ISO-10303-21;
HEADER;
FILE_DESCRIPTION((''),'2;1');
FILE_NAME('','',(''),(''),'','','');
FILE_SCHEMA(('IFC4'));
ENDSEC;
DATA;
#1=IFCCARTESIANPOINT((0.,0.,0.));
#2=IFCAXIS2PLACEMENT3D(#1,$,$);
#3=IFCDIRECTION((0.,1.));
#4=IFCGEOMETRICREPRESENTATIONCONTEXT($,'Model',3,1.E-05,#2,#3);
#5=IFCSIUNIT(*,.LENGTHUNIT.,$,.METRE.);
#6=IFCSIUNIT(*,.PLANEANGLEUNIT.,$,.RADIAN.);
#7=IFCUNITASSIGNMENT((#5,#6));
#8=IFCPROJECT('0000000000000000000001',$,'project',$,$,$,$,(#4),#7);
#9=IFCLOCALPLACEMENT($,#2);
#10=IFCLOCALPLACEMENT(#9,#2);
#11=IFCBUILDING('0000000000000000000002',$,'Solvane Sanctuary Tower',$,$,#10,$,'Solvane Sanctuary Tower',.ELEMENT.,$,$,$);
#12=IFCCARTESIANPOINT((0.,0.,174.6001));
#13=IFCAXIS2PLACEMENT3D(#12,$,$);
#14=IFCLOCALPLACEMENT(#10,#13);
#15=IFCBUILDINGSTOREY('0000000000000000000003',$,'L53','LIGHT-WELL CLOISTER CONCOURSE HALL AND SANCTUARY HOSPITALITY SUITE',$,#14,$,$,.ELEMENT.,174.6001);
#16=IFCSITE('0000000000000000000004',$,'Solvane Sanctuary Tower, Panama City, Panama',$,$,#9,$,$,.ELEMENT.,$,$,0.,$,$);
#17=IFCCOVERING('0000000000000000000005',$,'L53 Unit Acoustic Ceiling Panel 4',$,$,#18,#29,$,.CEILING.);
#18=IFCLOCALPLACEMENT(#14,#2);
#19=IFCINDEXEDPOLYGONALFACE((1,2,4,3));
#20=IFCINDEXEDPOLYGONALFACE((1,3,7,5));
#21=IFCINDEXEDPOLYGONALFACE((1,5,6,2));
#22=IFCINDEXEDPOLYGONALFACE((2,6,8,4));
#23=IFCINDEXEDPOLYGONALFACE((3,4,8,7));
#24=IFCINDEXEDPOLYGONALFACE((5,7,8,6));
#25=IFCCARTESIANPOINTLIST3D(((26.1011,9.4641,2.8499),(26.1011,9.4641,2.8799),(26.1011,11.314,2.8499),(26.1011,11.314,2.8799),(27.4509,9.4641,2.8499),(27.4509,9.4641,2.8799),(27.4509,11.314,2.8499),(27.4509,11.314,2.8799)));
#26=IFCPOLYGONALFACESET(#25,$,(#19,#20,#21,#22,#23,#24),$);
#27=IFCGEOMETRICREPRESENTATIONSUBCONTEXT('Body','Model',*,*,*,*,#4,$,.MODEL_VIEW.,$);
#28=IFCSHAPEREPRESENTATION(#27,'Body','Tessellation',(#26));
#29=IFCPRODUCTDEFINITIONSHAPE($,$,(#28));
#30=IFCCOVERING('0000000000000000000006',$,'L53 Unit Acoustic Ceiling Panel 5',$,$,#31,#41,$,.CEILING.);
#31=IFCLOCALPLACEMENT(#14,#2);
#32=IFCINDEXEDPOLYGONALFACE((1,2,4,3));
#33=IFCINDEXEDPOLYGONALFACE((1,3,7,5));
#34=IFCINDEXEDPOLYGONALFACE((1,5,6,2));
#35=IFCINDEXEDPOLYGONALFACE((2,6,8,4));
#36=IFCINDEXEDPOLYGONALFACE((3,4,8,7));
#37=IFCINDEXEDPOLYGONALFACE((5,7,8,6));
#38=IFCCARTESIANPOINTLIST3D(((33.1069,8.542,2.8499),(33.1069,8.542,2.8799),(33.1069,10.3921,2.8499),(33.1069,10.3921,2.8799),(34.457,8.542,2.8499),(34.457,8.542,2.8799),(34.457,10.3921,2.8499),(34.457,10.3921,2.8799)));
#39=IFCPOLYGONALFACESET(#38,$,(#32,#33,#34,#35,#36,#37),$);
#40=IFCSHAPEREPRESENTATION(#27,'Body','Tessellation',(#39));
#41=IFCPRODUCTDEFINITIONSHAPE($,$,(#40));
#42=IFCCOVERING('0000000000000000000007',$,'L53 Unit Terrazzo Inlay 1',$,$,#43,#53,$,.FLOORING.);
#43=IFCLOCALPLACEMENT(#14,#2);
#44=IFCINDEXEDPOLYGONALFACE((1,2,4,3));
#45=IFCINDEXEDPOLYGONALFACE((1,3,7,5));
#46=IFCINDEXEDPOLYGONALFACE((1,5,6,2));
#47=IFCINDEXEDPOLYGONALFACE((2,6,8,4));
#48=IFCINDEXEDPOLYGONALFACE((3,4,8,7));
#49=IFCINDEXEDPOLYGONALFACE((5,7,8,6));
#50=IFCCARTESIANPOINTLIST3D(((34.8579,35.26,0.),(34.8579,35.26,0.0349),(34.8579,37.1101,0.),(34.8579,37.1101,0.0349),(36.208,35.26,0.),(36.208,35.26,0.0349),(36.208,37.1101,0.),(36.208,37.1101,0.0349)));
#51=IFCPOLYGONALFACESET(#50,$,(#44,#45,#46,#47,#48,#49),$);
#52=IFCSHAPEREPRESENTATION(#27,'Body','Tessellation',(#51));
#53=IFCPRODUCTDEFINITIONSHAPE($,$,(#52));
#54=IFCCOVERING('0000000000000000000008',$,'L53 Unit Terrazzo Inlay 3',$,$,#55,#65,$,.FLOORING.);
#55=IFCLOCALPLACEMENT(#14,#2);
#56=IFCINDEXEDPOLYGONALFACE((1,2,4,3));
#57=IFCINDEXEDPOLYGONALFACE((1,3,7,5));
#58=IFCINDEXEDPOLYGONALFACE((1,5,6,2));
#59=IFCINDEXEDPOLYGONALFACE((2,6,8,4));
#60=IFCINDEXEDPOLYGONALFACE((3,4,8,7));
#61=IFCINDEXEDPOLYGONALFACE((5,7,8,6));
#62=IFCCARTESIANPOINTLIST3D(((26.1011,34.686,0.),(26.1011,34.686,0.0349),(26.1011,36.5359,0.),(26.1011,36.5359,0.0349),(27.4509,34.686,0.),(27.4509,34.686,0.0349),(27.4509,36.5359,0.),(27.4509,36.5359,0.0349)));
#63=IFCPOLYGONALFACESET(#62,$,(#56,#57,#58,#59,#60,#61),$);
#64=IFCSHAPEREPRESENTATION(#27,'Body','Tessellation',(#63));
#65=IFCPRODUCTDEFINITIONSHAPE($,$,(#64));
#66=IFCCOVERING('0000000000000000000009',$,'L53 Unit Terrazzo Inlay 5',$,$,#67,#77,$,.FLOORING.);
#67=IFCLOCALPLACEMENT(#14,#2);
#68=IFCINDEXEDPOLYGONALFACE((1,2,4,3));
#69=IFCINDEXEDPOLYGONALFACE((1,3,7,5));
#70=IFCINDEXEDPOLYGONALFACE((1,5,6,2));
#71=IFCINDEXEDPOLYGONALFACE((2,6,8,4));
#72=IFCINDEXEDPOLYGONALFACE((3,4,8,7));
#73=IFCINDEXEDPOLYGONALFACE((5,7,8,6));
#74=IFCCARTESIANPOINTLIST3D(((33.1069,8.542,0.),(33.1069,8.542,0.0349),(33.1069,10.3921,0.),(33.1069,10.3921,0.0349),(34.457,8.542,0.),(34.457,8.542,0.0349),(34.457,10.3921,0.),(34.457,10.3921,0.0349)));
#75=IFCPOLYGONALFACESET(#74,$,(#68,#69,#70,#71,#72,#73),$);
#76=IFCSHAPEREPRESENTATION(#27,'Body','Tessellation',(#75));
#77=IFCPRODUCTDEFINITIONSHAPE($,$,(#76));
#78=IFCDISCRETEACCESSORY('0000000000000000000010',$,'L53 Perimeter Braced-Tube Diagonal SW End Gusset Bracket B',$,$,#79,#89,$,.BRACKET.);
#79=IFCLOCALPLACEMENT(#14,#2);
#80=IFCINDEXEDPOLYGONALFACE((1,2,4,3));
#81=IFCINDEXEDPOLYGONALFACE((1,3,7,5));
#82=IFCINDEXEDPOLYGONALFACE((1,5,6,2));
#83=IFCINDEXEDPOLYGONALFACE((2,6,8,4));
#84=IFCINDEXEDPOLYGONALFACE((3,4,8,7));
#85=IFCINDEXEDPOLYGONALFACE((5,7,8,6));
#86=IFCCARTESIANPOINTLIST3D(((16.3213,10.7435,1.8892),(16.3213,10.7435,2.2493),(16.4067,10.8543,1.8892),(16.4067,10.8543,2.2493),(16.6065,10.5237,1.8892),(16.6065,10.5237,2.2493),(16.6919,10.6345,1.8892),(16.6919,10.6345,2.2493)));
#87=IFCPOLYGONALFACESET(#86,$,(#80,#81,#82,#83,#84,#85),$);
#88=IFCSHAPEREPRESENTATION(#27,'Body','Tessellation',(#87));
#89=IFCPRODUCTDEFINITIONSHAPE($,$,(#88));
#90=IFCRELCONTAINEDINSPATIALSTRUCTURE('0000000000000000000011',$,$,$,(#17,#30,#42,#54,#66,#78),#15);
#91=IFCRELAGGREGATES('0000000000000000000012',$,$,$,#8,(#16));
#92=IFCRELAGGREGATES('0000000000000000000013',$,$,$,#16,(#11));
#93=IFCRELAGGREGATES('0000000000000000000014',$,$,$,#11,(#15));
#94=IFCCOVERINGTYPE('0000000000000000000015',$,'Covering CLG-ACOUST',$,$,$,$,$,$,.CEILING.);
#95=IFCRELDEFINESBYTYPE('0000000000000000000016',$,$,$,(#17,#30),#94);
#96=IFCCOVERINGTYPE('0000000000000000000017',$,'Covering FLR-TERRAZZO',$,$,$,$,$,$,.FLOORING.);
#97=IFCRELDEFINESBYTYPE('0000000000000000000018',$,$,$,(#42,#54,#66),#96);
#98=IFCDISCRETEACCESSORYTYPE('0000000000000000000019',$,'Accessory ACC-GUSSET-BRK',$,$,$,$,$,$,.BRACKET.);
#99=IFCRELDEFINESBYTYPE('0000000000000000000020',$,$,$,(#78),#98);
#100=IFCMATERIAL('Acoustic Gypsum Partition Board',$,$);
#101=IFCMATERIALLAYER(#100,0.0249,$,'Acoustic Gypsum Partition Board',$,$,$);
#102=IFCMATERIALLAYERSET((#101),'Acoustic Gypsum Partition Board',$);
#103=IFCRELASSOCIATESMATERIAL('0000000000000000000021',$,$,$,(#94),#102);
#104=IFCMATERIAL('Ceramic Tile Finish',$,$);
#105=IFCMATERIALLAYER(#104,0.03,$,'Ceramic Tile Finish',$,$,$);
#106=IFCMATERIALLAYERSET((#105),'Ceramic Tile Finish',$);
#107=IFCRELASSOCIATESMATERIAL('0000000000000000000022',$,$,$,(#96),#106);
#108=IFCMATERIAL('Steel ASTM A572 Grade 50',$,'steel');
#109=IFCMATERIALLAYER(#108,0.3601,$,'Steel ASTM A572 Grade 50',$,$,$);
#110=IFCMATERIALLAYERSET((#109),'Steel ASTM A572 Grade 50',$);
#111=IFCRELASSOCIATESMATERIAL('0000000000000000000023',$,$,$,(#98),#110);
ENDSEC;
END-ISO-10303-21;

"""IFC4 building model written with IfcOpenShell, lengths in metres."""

from ifc_helpers import new_model, si_unit, direction, frame, origin, origin_2d, place, context, subcontext, project, spatial, polyline, rectangle, outline, extrude, material, layer, layer_set, type_object, element, save


model = new_model("IFC4")

# Units and contexts
model_context = context("Model", 3, precision=1e-05, world=origin(), true_north=direction((0.0, 1.0)))
body_context = subcontext(model_context, "Body", "Model", "MODEL_VIEW")
ifc_project = project(units=[si_unit("LENGTHUNIT", "METRE"), si_unit("PLANEANGLEUNIT", "RADIAN")], contexts=[model_context])

# Site, building, storey
site_placement = place(None, origin())
site = spatial("IfcSite", under=ifc_project, at=site_placement, Name="Solvane Sanctuary Tower, Panama City, Panama", CompositionType="ELEMENT", RefElevation=0.0)
building_placement = place(site_placement, origin())
building = spatial("IfcBuilding", under=site, at=building_placement, Name="Solvane Sanctuary Tower", LongName="Solvane Sanctuary Tower", CompositionType="ELEMENT")
storey_placement = place(building_placement, frame((0.0, 0.0, 174.6001)))
storey = spatial("IfcBuildingStorey", under=building, at=storey_placement, Name="L53", Description="LIGHT-WELL CLOISTER CONCOURSE HALL AND SANCTUARY HOSPITALITY SUITE", CompositionType="ELEMENT", Elevation=174.6001)

# Shared definitions
ifc_material_1 = material(Name="Acoustic Gypsum Partition Board")

# Coverings
ifc_layer_1 = layer(ifc_material_1, 0.0249, Name="Acoustic Gypsum Partition Board")
ifc_layer_set_1 = layer_set([ifc_layer_1], Name="Acoustic Gypsum Partition Board")
covering_type_1 = type_object("IfcCoveringType", Name="Covering CLG-ACOUST", PredefinedType="CEILING", material=ifc_layer_set_1)
covering_1_placement = place(storey_placement, frame((0.0, 0.0, 2.8499)))
element("IfcCovering", 1, at=covering_1_placement, inside=storey, type_object=covering_type_1, Name="L53 Unit Acoustic Ceiling Panel 4", PredefinedType="CEILING", context=body_context, shape_type="SweptSolid", body=[
    extrude(outline(polyline([(26.1011, 9.4641), (27.4509, 9.4641), (27.4509, 11.314), (26.1011, 11.314), (26.1011, 9.4641)])), origin(), (0.0, 0.0, 1.0), 0.03),
])
covering_2_placement = place(storey_placement, frame((0.0, 0.0, 2.8499)))
element("IfcCovering", 2, at=covering_2_placement, inside=storey, type_object=covering_type_1, Name="L53 Unit Acoustic Ceiling Panel 5", PredefinedType="CEILING", context=body_context, shape_type="SweptSolid", body=[
    extrude(outline(polyline([(33.1069, 8.542), (34.457, 8.542), (34.457, 10.3921), (33.1069, 10.3921), (33.1069, 8.542)])), origin(), (0.0, 0.0, 1.0), 0.03),
])
ifc_material_2 = material(Name="Ceramic Tile Finish")
ifc_layer_2 = layer(ifc_material_2, 0.03, Name="Ceramic Tile Finish")
ifc_layer_set_2 = layer_set([ifc_layer_2], Name="Ceramic Tile Finish")
covering_type_2 = type_object("IfcCoveringType", Name="Covering FLR-TERRAZZO", PredefinedType="FLOORING", material=ifc_layer_set_2)
covering_3_placement = place(storey_placement, origin())
element("IfcCovering", 3, at=covering_3_placement, inside=storey, type_object=covering_type_2, Name="L53 Unit Terrazzo Inlay 1", PredefinedType="FLOORING", context=body_context, shape_type="SweptSolid", body=[
    extrude(outline(polyline([(34.8579, 35.26), (36.208, 35.26), (36.208, 37.1101), (34.8579, 37.1101), (34.8579, 35.26)])), origin(), (0.0, 0.0, 1.0), 0.0349),
])
covering_4_placement = place(storey_placement, origin())
element("IfcCovering", 4, at=covering_4_placement, inside=storey, type_object=covering_type_2, Name="L53 Unit Terrazzo Inlay 3", PredefinedType="FLOORING", context=body_context, shape_type="SweptSolid", body=[
    extrude(outline(polyline([(26.1011, 34.686), (27.4509, 34.686), (27.4509, 36.5359), (26.1011, 36.5359), (26.1011, 34.686)])), origin(), (0.0, 0.0, 1.0), 0.0349),
])
covering_5_placement = place(storey_placement, origin())
element("IfcCovering", 5, at=covering_5_placement, inside=storey, type_object=covering_type_2, Name="L53 Unit Terrazzo Inlay 5", PredefinedType="FLOORING", context=body_context, shape_type="SweptSolid", body=[
    extrude(outline(polyline([(33.1069, 8.542), (34.457, 8.542), (34.457, 10.3921), (33.1069, 10.3921), (33.1069, 8.542)])), origin(), (0.0, 0.0, 1.0), 0.0349),
])

# Discrete accessory
ifc_material_3 = material(Name="Steel ASTM A572 Grade 50", Category="steel")
ifc_layer_3 = layer(ifc_material_3, 0.3601, Name="Steel ASTM A572 Grade 50")
ifc_layer_set_3 = layer_set([ifc_layer_3], Name="Steel ASTM A572 Grade 50")
discrete_accessory_type = type_object("IfcDiscreteAccessoryType", Name="Accessory ACC-GUSSET-BRK", PredefinedType="BRACKET", material=ifc_layer_set_3)
discrete_accessory_placement = place(storey_placement, frame((16.5066, 10.689, 1.8892), z_axis=(0.0, 0.0, 1.0), x_axis=(-0.792077, 0.610422, 0.0)))
element("IfcDiscreteAccessory", 6, at=discrete_accessory_placement, inside=storey, type_object=discrete_accessory_type, Name="L53 Perimeter Braced-Tube Diagonal SW End Gusset Bracket B", PredefinedType="BRACKET", context=body_context, shape_type="SweptSolid", body=[
    extrude(rectangle(XDim=0.3601, YDim=0.1399, at=origin_2d()), origin(), (0.0, 0.0, 1.0), 0.3601),
])

save(model, "model.ifc")
